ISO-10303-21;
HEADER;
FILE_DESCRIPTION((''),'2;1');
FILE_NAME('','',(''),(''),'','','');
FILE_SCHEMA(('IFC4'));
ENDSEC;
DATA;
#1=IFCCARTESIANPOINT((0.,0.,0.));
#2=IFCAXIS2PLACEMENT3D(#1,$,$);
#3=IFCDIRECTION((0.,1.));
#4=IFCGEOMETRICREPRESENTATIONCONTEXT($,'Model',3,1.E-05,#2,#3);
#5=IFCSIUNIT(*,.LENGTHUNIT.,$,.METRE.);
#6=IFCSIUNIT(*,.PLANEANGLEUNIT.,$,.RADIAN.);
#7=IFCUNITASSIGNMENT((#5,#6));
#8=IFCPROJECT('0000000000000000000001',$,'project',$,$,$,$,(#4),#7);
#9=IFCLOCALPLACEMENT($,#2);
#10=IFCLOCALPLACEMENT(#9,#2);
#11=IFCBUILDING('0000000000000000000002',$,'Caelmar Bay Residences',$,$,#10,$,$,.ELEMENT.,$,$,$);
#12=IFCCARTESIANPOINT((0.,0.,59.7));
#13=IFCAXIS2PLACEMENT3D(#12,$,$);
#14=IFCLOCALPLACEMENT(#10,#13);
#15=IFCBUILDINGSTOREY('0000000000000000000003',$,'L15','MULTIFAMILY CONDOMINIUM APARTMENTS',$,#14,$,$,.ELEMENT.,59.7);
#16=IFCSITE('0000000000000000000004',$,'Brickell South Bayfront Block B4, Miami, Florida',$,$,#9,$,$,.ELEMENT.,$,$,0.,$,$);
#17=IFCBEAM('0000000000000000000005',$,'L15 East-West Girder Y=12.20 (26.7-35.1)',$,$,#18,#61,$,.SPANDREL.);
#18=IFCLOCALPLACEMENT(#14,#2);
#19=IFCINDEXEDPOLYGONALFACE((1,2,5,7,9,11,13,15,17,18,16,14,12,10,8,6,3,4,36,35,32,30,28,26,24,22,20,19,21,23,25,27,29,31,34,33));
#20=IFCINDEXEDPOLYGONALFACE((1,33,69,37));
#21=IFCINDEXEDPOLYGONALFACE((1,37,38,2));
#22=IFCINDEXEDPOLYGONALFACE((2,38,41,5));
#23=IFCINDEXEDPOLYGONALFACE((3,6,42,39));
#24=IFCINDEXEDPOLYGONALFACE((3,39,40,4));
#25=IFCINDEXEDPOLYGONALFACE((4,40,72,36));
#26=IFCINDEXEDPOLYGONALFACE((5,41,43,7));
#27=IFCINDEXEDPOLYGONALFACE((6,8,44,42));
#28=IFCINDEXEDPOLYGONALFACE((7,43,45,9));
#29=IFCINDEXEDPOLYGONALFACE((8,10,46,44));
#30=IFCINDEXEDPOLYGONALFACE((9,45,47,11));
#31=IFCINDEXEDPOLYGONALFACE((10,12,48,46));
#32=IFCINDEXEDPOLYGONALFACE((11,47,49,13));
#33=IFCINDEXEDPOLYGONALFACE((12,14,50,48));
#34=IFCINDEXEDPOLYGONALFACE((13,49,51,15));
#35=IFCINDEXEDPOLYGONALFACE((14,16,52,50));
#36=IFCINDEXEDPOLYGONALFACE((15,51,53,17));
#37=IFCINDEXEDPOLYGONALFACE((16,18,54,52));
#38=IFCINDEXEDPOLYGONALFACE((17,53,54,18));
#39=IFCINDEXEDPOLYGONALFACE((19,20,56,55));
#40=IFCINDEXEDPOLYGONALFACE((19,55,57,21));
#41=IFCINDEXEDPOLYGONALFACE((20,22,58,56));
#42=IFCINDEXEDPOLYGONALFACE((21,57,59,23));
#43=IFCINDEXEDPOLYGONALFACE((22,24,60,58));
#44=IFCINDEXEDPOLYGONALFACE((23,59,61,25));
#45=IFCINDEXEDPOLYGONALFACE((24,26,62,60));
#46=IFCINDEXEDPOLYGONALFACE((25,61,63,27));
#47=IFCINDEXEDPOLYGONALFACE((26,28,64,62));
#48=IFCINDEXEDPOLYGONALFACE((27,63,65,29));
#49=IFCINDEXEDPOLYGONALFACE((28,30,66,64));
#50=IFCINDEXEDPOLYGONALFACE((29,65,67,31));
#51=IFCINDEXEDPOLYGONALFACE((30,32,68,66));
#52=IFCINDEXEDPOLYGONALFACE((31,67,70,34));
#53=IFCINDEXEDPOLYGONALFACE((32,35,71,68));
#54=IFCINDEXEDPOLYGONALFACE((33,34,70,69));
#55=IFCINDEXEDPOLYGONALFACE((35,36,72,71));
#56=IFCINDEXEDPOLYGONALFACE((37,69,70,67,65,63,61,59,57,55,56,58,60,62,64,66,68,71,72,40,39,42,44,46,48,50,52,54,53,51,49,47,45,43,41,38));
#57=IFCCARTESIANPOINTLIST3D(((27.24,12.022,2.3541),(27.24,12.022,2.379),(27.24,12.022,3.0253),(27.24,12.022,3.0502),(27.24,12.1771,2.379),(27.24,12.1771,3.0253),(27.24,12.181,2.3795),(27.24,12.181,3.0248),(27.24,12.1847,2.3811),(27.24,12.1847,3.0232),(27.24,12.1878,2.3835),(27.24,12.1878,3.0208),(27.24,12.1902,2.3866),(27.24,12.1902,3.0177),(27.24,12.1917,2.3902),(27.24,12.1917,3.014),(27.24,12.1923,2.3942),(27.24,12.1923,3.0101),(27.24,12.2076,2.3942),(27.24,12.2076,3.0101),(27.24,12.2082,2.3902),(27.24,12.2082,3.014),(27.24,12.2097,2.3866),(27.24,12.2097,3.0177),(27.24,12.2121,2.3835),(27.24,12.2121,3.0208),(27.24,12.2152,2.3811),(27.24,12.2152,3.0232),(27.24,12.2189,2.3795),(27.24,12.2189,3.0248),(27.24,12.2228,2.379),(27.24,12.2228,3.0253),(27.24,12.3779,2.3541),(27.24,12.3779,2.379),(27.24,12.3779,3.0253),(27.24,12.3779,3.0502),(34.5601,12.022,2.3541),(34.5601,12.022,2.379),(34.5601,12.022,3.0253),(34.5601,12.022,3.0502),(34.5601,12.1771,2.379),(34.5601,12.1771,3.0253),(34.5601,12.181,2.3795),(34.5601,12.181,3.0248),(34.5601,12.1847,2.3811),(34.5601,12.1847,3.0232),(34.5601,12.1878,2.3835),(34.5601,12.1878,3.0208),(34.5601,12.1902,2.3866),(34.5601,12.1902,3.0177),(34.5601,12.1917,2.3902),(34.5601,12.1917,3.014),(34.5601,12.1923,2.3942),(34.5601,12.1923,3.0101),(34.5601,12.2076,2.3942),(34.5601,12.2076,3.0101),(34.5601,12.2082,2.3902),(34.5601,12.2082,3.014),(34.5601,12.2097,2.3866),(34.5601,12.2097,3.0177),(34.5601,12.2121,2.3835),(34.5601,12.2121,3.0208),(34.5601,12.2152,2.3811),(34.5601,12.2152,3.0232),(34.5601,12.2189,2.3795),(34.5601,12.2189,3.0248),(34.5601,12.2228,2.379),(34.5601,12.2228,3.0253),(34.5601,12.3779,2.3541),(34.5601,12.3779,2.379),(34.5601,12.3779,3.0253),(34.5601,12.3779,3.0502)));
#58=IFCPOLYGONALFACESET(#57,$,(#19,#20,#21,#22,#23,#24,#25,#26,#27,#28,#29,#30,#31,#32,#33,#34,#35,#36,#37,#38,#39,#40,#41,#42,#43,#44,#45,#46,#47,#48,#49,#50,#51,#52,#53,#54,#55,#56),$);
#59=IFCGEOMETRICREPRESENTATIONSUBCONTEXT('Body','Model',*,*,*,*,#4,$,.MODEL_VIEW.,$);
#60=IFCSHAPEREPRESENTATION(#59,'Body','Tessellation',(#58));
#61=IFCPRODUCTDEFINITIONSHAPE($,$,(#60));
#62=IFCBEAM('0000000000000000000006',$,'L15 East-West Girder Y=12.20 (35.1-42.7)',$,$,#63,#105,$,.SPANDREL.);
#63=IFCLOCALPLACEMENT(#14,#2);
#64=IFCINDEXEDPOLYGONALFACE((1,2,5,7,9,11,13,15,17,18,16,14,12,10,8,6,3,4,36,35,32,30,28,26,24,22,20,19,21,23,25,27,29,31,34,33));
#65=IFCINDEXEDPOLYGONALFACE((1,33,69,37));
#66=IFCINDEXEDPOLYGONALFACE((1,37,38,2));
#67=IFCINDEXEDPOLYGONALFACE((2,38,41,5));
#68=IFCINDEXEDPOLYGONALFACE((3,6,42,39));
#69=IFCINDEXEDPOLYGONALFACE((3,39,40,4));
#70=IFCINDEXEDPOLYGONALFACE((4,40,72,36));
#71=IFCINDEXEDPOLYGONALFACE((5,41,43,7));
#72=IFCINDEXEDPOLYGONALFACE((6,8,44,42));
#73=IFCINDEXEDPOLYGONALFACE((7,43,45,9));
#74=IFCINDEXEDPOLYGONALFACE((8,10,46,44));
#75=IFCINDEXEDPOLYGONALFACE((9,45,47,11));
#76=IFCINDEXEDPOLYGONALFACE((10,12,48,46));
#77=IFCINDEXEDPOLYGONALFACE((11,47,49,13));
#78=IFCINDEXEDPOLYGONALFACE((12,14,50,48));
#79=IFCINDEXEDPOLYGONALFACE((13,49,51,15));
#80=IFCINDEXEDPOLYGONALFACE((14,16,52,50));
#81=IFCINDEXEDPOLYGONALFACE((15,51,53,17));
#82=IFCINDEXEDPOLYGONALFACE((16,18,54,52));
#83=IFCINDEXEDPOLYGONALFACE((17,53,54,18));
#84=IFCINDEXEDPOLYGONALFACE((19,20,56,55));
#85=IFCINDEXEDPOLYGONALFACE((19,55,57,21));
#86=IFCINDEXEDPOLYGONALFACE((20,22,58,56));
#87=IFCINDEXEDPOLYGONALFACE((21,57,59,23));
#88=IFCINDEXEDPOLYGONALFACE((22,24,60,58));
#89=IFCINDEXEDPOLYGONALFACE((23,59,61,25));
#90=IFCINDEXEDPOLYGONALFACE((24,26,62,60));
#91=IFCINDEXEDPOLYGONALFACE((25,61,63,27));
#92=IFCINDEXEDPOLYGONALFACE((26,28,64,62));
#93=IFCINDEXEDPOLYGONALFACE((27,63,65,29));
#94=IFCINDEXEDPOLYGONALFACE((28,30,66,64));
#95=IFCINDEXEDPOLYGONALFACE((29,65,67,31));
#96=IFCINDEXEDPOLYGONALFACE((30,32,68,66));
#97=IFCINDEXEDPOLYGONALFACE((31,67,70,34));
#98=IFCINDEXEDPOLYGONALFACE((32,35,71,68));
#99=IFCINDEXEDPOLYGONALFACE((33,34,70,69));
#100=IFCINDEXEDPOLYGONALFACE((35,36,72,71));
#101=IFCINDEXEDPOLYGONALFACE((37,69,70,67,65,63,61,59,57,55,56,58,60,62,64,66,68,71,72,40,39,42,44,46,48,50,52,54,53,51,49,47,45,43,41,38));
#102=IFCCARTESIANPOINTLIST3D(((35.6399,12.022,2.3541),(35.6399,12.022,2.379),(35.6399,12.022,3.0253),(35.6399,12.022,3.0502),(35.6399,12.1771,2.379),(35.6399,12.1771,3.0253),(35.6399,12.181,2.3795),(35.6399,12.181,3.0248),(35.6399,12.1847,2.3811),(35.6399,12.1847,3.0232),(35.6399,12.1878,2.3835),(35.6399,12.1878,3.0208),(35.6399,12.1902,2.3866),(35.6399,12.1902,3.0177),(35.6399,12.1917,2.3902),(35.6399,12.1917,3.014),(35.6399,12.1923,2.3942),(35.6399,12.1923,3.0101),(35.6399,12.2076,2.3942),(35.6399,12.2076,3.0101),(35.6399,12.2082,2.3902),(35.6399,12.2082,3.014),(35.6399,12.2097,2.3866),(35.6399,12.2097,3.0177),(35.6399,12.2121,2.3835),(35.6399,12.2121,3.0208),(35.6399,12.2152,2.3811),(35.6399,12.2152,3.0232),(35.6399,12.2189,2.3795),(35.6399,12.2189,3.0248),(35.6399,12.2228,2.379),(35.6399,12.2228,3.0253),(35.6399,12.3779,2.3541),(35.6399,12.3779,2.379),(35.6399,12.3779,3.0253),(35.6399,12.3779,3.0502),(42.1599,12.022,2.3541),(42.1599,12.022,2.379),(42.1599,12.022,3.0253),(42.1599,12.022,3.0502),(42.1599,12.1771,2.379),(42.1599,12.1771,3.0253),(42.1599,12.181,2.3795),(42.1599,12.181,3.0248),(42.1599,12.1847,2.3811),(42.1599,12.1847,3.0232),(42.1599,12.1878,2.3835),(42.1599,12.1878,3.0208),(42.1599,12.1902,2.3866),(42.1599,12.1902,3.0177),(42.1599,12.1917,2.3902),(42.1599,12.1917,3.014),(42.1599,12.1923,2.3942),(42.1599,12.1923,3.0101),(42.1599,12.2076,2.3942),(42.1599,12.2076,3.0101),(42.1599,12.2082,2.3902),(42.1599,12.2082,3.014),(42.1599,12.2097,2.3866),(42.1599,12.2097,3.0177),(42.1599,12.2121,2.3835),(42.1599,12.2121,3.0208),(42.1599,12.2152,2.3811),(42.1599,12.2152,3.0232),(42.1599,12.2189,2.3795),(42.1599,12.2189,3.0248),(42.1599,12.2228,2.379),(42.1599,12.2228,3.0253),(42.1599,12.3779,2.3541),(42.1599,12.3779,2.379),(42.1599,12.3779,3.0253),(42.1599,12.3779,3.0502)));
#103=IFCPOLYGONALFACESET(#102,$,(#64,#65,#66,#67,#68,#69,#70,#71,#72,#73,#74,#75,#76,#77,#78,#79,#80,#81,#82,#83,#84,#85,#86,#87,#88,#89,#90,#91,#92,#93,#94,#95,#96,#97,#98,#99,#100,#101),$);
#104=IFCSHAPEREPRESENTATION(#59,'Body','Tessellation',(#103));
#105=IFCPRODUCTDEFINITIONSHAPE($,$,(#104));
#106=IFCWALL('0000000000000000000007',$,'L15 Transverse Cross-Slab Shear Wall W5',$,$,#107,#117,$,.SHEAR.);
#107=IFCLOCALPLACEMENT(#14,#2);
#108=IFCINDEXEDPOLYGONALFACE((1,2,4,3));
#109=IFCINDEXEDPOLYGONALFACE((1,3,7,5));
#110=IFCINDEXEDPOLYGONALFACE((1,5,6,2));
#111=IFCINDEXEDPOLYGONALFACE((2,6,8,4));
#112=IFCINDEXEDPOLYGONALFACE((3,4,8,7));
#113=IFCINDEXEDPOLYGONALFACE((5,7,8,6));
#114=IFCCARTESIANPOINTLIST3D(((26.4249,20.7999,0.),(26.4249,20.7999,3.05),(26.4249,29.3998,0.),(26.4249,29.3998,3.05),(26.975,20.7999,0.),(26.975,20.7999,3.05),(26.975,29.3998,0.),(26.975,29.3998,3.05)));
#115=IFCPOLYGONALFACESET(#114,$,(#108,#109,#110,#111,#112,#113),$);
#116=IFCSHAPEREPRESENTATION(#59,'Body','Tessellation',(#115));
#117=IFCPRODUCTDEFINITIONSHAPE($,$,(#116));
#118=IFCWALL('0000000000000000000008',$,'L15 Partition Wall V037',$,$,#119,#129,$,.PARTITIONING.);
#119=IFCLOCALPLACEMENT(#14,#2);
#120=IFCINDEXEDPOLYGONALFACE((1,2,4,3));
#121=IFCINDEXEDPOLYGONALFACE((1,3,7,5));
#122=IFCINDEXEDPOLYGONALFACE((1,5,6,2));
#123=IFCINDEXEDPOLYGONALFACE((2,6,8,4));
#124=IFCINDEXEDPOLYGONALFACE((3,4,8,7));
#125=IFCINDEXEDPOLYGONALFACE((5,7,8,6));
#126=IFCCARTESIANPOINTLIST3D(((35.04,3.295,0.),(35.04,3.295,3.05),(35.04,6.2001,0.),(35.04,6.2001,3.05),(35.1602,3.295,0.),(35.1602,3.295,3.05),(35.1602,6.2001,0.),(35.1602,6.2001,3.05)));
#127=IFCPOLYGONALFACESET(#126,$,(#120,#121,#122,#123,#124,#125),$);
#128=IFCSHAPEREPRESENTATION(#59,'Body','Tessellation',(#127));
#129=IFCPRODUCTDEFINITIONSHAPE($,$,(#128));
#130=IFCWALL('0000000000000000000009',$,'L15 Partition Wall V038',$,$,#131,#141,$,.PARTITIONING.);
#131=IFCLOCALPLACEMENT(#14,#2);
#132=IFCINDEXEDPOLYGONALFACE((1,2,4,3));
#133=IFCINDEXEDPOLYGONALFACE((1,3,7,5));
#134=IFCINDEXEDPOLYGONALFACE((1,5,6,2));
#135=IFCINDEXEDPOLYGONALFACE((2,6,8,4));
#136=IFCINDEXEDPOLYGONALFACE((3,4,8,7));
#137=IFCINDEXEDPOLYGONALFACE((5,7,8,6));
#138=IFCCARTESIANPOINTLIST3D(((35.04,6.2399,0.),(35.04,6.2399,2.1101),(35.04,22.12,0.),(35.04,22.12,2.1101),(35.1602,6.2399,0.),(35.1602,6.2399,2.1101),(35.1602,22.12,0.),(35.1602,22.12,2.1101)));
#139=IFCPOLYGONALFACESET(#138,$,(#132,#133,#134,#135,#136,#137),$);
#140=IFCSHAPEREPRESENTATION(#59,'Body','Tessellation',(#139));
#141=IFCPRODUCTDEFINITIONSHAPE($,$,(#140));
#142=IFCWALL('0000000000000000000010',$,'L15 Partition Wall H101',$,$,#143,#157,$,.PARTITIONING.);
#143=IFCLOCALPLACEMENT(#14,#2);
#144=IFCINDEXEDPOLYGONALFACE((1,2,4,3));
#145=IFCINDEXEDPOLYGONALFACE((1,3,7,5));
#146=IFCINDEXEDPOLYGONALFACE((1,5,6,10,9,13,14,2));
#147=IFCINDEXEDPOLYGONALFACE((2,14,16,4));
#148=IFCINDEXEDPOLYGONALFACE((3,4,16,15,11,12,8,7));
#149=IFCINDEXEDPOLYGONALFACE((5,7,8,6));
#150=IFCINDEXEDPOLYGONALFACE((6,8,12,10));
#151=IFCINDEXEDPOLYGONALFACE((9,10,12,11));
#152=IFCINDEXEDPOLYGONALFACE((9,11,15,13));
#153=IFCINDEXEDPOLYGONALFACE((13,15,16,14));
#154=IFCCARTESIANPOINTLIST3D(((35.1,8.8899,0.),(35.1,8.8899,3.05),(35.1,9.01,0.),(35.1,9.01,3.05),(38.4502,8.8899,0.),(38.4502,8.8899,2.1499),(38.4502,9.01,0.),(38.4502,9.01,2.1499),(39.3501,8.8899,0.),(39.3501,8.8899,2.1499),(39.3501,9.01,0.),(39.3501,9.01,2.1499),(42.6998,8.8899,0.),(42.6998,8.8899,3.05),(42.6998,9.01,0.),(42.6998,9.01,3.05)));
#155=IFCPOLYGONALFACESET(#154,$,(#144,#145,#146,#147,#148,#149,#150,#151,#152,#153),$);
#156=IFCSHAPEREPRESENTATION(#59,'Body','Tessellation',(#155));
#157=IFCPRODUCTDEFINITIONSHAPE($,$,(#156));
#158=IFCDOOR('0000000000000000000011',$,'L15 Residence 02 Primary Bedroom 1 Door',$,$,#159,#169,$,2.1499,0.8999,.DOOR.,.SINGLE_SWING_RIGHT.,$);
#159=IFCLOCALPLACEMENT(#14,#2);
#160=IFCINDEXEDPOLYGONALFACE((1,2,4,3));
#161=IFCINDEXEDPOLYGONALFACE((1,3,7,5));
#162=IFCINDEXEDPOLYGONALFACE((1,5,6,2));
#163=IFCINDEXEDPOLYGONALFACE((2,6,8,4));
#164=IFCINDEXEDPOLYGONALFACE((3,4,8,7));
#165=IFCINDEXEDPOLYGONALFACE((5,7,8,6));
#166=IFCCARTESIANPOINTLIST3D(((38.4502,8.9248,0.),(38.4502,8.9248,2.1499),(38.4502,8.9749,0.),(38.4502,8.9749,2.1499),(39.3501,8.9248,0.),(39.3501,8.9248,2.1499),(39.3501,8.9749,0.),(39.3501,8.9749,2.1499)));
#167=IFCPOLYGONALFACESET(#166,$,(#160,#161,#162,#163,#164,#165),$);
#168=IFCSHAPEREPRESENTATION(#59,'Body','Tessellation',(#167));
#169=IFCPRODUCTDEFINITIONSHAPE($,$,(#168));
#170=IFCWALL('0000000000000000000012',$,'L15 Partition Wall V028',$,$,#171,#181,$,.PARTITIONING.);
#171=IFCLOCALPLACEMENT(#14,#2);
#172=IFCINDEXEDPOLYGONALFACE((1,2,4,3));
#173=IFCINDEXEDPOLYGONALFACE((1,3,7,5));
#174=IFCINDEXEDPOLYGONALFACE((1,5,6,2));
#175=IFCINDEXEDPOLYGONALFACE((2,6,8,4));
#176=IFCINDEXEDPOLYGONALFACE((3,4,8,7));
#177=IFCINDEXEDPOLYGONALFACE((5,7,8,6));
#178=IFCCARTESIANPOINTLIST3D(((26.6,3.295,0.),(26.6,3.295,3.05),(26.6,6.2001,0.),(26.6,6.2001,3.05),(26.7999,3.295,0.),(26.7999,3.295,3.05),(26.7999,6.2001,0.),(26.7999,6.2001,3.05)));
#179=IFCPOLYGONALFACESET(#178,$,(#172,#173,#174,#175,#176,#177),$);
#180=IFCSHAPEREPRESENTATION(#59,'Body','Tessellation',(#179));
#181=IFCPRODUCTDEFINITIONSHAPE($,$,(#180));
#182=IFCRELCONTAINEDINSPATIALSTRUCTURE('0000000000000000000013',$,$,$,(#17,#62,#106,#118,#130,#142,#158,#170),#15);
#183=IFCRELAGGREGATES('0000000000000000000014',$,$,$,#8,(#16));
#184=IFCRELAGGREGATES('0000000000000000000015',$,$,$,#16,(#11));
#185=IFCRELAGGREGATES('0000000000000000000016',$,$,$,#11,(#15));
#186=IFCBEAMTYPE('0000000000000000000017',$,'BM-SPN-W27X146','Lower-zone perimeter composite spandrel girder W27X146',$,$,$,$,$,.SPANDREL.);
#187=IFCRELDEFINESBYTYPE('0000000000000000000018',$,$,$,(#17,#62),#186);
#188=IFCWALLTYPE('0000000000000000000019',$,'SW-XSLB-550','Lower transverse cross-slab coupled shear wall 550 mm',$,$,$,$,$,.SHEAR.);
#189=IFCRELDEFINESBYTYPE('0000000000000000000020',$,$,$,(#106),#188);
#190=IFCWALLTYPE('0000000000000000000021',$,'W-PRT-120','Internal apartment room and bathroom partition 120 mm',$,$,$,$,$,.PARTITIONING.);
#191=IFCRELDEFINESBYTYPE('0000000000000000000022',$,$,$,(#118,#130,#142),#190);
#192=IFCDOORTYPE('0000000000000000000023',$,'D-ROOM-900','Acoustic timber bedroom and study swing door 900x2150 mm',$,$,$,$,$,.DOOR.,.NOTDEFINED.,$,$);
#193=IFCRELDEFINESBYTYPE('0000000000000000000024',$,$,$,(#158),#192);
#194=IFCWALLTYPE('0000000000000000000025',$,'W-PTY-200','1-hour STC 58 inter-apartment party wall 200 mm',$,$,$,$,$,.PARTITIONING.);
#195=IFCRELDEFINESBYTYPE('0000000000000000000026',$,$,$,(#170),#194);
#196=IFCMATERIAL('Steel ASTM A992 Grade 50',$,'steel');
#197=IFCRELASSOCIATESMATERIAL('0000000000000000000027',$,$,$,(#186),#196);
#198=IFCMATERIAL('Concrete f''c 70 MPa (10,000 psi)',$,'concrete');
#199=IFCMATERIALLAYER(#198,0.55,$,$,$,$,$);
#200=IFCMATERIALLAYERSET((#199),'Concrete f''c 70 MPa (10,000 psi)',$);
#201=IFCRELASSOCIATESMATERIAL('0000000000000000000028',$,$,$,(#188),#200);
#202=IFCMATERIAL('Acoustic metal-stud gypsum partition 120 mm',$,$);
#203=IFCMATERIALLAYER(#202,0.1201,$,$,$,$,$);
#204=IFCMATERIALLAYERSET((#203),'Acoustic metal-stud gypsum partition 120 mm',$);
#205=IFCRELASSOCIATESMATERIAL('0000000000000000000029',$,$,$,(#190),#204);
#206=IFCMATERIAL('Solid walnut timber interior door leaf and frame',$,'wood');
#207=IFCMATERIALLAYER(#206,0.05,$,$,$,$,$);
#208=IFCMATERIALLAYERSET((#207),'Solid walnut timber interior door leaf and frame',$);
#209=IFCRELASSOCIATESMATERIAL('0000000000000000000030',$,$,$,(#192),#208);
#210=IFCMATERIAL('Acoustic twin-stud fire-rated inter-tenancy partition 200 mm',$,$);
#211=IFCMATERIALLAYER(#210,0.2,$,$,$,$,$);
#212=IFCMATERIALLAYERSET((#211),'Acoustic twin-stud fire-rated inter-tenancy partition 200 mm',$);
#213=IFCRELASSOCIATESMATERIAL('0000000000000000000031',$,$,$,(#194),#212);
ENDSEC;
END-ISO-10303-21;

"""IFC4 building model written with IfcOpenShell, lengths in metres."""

from ifc_helpers import new_model, si_unit, direction, frame, frame_2d, origin, origin_2d, place, context, subcontext, project, spatial, rectangle, i_section, extrude, material, layer, layer_set, material_profile, profile_set, type_object, element, fill, save


model = new_model("IFC4")

# Units and contexts
model_context = context("Model", 3, precision=1e-05, world=origin(), true_north=direction((0.0, 1.0)))
body_context = subcontext(model_context, "Body", "Model", "MODEL_VIEW")
ifc_project = project(units=[si_unit("LENGTHUNIT", "METRE"), si_unit("PLANEANGLEUNIT", "RADIAN")], contexts=[model_context])

# Site, building, storey
site_placement = place(None, origin())
site = spatial("IfcSite", under=ifc_project, at=site_placement, Name="Brickell South Bayfront Block B4, Miami, Florida", CompositionType="ELEMENT", RefElevation=0.0)
building_placement = place(site_placement, origin())
building = spatial("IfcBuilding", under=site, at=building_placement, Name="Caelmar Bay Residences", CompositionType="ELEMENT")
storey_placement = place(building_placement, frame((0.0, 0.0, 59.7)))
storey = spatial("IfcBuildingStorey", under=building, at=storey_placement, Name="L15", Description="MULTIFAMILY CONDOMINIUM APARTMENTS", CompositionType="ELEMENT", Elevation=59.7)

# Shared definitions
ifc_material_1 = material(Name="Concrete f'c 70 MPa (10,000 psi)", Category="concrete")

# Beams
ifc_material_2 = material(Name="Steel ASTM A992 Grade 50", Category="steel")
ifc_material_profile_1 = material_profile(ifc_material_2, i_section(OverallWidth=0.356, OverallDepth=0.696, WebThickness=0.0154, FlangeThickness=0.0249, FilletRadius=0.0151, at=origin_2d()), Name="W27X146")
ifc_profile_set_1 = profile_set([ifc_material_profile_1], Name="Steel ASTM A992 Grade 50")
beam_type_1 = type_object("IfcBeamType", Name="BM-SPN-W27X146", Description="Lower-zone perimeter composite spandrel girder W27X146", PredefinedType="SPANDREL", material=ifc_profile_set_1)
beam_1_placement = place(storey_placement, frame((27.24, 12.2, 2.7021), z_axis=(1.0, 0.0, 0.0), x_axis=(0.0, 1.0, 0.0)))
element("IfcBeam", 1, at=beam_1_placement, inside=storey, type_object=beam_type_1, Name="L15 East-West Girder Y=12.20 (26.7-35.1)", PredefinedType="SPANDREL", context=body_context, shape_type="SweptSolid", body=[
    extrude(i_section(OverallWidth=0.356, OverallDepth=0.696, WebThickness=0.0154, FlangeThickness=0.0249, FilletRadius=0.0151, at=origin_2d()), origin(), (0.0, 0.0, 1.0), 7.3201),
])
beam_2_placement = place(storey_placement, frame((35.6399, 12.2, 2.7021), z_axis=(1.0, 0.0, 0.0), x_axis=(0.0, 1.0, 0.0)))
element("IfcBeam", 2, at=beam_2_placement, inside=storey, type_object=beam_type_1, Name="L15 East-West Girder Y=12.20 (35.1-42.7)", PredefinedType="SPANDREL", context=body_context, shape_type="SweptSolid", body=[
    extrude(i_section(OverallWidth=0.356, OverallDepth=0.696, WebThickness=0.0154, FlangeThickness=0.0249, FilletRadius=0.0151, at=origin_2d()), origin(), (0.0, 0.0, 1.0), 6.52),
])

# Walls
ifc_layer_1 = layer(ifc_material_1, 0.55)
ifc_layer_set_1 = layer_set([ifc_layer_1], Name="Concrete f'c 70 MPa (10,000 psi)")
wall_type_1 = type_object("IfcWallType", Name="SW-XSLB-550", Description="Lower transverse cross-slab coupled shear wall 550 mm", PredefinedType="SHEAR", material=ifc_layer_set_1)
wall_1_placement = place(storey_placement, frame((26.7, 20.8, 0.0), z_axis=(0.0, 0.0, 1.0), x_axis=(0.0, 1.0, 0.0)))
element("IfcWall", 3, at=wall_1_placement, inside=storey, type_object=wall_type_1, Name="L15 Transverse Cross-Slab Shear Wall W5", PredefinedType="SHEAR", context=body_context, shape_type="SweptSolid", body=[
    extrude(rectangle(XDim=8.5999, YDim=0.55, at=frame_2d((4.2998, 0.0))), origin(), (0.0, 0.0, 1.0), 3.05),
])
ifc_material_3 = material(Name="Acoustic metal-stud gypsum partition 120 mm")
ifc_layer_2 = layer(ifc_material_3, 0.1201)
ifc_layer_set_2 = layer_set([ifc_layer_2], Name="Acoustic metal-stud gypsum partition 120 mm")
wall_type_2 = type_object("IfcWallType", Name="W-PRT-120", Description="Internal apartment room and bathroom partition 120 mm", PredefinedType="PARTITIONING", material=ifc_layer_set_2)
wall_2_placement = place(storey_placement, frame((35.1001, 3.2949, 0.0), z_axis=(0.0, 0.0, 1.0), x_axis=(0.0, 1.0, 0.0)))
element("IfcWall", 4, at=wall_2_placement, inside=storey, type_object=wall_type_2, Name="L15 Partition Wall V037", PredefinedType="PARTITIONING", context=body_context, shape_type="SweptSolid", body=[
    extrude(rectangle(XDim=2.905, YDim=0.1201, at=frame_2d((1.4526, 0.0))), origin(), (0.0, 0.0, 1.0), 3.05),
])
wall_3_placement = place(storey_placement, frame((35.1001, 6.24, 0.0), z_axis=(0.0, 0.0, 1.0), x_axis=(0.0, 1.0, 0.0)))
element("IfcWall", 5, at=wall_3_placement, inside=storey, type_object=wall_type_2, Name="L15 Partition Wall V038", PredefinedType="PARTITIONING", context=body_context, shape_type="SweptSolid", body=[
    extrude(rectangle(XDim=15.8801, YDim=0.1201, at=frame_2d((7.9399, 0.0))), origin(), (0.0, 0.0, 1.0), 2.1101),
])

# Wall, opening, door
wall_4_placement = place(storey_placement, frame((35.1001, 8.95, 0.0), z_axis=(0.0, 0.0, 1.0), x_axis=(1.0, 0.0, 0.0)))
wall_4 = element("IfcWall", 6, at=wall_4_placement, inside=storey, type_object=wall_type_2, Name="L15 Partition Wall H101", PredefinedType="PARTITIONING", context=body_context, shape_type="SweptSolid", body=[
    extrude(rectangle(XDim=7.5999, YDim=0.1201, at=frame_2d((3.7998, 0.0))), origin(), (0.0, 0.0, 1.0), 3.05),
])
opening_placement = place(wall_4_placement, frame((3.3501, 0.0, 0.0)))
opening = element("IfcOpeningElement", 7, at=opening_placement, cuts=wall_4, PredefinedType="OPENING", context=body_context, shape_type="SweptSolid", body=[
    extrude(rectangle(XDim=0.8999, YDim=2.1499, at=frame_2d((0.45, 1.075))), frame((0.0, 0.0701, 0.0), z_axis=(0.0, -1.0, 0.0), x_axis=(1.0, 0.0, 0.0)), (0.0, 0.0, 1.0), 0.1401),
])
ifc_material_4 = material(Name="Solid walnut timber interior door leaf and frame", Category="wood")
ifc_layer_3 = layer(ifc_material_4, 0.05)
ifc_layer_set_3 = layer_set([ifc_layer_3], Name="Solid walnut timber interior door leaf and frame")
door_type = type_object("IfcDoorType", Name="D-ROOM-900", Description="Acoustic timber bedroom and study swing door 900x2150 mm", OperationType="NOTDEFINED", PredefinedType="DOOR", material=ifc_layer_set_3)
door_placement = place(opening_placement, origin())
door = element("IfcDoor", 8, at=door_placement, inside=storey, type_object=door_type, Name="L15 Residence 02 Primary Bedroom 1 Door", OperationType="SINGLE_SWING_RIGHT", OverallHeight=2.1499, OverallWidth=0.8999, PredefinedType="DOOR", context=body_context, shape_type="SweptSolid", body=[
    extrude(rectangle(XDim=0.8999, YDim=2.1499, at=frame_2d((0.45, 1.075))), frame((0.0, 0.0249, 0.0), z_axis=(0.0, -1.0, 0.0), x_axis=(1.0, 0.0, 0.0)), (0.0, 0.0, 1.0), 0.05),
])
fill(opening, door)

# Wall
ifc_material_5 = material(Name="Acoustic twin-stud fire-rated inter-tenancy partition 200 mm")
ifc_layer_4 = layer(ifc_material_5, 0.2)
ifc_layer_set_4 = layer_set([ifc_layer_4], Name="Acoustic twin-stud fire-rated inter-tenancy partition 200 mm")
wall_type_3 = type_object("IfcWallType", Name="W-PTY-200", Description="1-hour STC 58 inter-apartment party wall 200 mm", PredefinedType="PARTITIONING", material=ifc_layer_set_4)
wall_5_placement = place(storey_placement, frame((26.7, 3.2949, 0.0), z_axis=(0.0, 0.0, 1.0), x_axis=(0.0, 1.0, 0.0)))
element("IfcWall", 9, at=wall_5_placement, inside=storey, type_object=wall_type_3, Name="L15 Partition Wall V028", PredefinedType="PARTITIONING", context=body_context, shape_type="SweptSolid", body=[
    extrude(rectangle(XDim=2.905, YDim=0.2, at=frame_2d((1.4526, 0.0))), origin(), (0.0, 0.0, 1.0), 3.05),
])

save(model, "model.ifc")
